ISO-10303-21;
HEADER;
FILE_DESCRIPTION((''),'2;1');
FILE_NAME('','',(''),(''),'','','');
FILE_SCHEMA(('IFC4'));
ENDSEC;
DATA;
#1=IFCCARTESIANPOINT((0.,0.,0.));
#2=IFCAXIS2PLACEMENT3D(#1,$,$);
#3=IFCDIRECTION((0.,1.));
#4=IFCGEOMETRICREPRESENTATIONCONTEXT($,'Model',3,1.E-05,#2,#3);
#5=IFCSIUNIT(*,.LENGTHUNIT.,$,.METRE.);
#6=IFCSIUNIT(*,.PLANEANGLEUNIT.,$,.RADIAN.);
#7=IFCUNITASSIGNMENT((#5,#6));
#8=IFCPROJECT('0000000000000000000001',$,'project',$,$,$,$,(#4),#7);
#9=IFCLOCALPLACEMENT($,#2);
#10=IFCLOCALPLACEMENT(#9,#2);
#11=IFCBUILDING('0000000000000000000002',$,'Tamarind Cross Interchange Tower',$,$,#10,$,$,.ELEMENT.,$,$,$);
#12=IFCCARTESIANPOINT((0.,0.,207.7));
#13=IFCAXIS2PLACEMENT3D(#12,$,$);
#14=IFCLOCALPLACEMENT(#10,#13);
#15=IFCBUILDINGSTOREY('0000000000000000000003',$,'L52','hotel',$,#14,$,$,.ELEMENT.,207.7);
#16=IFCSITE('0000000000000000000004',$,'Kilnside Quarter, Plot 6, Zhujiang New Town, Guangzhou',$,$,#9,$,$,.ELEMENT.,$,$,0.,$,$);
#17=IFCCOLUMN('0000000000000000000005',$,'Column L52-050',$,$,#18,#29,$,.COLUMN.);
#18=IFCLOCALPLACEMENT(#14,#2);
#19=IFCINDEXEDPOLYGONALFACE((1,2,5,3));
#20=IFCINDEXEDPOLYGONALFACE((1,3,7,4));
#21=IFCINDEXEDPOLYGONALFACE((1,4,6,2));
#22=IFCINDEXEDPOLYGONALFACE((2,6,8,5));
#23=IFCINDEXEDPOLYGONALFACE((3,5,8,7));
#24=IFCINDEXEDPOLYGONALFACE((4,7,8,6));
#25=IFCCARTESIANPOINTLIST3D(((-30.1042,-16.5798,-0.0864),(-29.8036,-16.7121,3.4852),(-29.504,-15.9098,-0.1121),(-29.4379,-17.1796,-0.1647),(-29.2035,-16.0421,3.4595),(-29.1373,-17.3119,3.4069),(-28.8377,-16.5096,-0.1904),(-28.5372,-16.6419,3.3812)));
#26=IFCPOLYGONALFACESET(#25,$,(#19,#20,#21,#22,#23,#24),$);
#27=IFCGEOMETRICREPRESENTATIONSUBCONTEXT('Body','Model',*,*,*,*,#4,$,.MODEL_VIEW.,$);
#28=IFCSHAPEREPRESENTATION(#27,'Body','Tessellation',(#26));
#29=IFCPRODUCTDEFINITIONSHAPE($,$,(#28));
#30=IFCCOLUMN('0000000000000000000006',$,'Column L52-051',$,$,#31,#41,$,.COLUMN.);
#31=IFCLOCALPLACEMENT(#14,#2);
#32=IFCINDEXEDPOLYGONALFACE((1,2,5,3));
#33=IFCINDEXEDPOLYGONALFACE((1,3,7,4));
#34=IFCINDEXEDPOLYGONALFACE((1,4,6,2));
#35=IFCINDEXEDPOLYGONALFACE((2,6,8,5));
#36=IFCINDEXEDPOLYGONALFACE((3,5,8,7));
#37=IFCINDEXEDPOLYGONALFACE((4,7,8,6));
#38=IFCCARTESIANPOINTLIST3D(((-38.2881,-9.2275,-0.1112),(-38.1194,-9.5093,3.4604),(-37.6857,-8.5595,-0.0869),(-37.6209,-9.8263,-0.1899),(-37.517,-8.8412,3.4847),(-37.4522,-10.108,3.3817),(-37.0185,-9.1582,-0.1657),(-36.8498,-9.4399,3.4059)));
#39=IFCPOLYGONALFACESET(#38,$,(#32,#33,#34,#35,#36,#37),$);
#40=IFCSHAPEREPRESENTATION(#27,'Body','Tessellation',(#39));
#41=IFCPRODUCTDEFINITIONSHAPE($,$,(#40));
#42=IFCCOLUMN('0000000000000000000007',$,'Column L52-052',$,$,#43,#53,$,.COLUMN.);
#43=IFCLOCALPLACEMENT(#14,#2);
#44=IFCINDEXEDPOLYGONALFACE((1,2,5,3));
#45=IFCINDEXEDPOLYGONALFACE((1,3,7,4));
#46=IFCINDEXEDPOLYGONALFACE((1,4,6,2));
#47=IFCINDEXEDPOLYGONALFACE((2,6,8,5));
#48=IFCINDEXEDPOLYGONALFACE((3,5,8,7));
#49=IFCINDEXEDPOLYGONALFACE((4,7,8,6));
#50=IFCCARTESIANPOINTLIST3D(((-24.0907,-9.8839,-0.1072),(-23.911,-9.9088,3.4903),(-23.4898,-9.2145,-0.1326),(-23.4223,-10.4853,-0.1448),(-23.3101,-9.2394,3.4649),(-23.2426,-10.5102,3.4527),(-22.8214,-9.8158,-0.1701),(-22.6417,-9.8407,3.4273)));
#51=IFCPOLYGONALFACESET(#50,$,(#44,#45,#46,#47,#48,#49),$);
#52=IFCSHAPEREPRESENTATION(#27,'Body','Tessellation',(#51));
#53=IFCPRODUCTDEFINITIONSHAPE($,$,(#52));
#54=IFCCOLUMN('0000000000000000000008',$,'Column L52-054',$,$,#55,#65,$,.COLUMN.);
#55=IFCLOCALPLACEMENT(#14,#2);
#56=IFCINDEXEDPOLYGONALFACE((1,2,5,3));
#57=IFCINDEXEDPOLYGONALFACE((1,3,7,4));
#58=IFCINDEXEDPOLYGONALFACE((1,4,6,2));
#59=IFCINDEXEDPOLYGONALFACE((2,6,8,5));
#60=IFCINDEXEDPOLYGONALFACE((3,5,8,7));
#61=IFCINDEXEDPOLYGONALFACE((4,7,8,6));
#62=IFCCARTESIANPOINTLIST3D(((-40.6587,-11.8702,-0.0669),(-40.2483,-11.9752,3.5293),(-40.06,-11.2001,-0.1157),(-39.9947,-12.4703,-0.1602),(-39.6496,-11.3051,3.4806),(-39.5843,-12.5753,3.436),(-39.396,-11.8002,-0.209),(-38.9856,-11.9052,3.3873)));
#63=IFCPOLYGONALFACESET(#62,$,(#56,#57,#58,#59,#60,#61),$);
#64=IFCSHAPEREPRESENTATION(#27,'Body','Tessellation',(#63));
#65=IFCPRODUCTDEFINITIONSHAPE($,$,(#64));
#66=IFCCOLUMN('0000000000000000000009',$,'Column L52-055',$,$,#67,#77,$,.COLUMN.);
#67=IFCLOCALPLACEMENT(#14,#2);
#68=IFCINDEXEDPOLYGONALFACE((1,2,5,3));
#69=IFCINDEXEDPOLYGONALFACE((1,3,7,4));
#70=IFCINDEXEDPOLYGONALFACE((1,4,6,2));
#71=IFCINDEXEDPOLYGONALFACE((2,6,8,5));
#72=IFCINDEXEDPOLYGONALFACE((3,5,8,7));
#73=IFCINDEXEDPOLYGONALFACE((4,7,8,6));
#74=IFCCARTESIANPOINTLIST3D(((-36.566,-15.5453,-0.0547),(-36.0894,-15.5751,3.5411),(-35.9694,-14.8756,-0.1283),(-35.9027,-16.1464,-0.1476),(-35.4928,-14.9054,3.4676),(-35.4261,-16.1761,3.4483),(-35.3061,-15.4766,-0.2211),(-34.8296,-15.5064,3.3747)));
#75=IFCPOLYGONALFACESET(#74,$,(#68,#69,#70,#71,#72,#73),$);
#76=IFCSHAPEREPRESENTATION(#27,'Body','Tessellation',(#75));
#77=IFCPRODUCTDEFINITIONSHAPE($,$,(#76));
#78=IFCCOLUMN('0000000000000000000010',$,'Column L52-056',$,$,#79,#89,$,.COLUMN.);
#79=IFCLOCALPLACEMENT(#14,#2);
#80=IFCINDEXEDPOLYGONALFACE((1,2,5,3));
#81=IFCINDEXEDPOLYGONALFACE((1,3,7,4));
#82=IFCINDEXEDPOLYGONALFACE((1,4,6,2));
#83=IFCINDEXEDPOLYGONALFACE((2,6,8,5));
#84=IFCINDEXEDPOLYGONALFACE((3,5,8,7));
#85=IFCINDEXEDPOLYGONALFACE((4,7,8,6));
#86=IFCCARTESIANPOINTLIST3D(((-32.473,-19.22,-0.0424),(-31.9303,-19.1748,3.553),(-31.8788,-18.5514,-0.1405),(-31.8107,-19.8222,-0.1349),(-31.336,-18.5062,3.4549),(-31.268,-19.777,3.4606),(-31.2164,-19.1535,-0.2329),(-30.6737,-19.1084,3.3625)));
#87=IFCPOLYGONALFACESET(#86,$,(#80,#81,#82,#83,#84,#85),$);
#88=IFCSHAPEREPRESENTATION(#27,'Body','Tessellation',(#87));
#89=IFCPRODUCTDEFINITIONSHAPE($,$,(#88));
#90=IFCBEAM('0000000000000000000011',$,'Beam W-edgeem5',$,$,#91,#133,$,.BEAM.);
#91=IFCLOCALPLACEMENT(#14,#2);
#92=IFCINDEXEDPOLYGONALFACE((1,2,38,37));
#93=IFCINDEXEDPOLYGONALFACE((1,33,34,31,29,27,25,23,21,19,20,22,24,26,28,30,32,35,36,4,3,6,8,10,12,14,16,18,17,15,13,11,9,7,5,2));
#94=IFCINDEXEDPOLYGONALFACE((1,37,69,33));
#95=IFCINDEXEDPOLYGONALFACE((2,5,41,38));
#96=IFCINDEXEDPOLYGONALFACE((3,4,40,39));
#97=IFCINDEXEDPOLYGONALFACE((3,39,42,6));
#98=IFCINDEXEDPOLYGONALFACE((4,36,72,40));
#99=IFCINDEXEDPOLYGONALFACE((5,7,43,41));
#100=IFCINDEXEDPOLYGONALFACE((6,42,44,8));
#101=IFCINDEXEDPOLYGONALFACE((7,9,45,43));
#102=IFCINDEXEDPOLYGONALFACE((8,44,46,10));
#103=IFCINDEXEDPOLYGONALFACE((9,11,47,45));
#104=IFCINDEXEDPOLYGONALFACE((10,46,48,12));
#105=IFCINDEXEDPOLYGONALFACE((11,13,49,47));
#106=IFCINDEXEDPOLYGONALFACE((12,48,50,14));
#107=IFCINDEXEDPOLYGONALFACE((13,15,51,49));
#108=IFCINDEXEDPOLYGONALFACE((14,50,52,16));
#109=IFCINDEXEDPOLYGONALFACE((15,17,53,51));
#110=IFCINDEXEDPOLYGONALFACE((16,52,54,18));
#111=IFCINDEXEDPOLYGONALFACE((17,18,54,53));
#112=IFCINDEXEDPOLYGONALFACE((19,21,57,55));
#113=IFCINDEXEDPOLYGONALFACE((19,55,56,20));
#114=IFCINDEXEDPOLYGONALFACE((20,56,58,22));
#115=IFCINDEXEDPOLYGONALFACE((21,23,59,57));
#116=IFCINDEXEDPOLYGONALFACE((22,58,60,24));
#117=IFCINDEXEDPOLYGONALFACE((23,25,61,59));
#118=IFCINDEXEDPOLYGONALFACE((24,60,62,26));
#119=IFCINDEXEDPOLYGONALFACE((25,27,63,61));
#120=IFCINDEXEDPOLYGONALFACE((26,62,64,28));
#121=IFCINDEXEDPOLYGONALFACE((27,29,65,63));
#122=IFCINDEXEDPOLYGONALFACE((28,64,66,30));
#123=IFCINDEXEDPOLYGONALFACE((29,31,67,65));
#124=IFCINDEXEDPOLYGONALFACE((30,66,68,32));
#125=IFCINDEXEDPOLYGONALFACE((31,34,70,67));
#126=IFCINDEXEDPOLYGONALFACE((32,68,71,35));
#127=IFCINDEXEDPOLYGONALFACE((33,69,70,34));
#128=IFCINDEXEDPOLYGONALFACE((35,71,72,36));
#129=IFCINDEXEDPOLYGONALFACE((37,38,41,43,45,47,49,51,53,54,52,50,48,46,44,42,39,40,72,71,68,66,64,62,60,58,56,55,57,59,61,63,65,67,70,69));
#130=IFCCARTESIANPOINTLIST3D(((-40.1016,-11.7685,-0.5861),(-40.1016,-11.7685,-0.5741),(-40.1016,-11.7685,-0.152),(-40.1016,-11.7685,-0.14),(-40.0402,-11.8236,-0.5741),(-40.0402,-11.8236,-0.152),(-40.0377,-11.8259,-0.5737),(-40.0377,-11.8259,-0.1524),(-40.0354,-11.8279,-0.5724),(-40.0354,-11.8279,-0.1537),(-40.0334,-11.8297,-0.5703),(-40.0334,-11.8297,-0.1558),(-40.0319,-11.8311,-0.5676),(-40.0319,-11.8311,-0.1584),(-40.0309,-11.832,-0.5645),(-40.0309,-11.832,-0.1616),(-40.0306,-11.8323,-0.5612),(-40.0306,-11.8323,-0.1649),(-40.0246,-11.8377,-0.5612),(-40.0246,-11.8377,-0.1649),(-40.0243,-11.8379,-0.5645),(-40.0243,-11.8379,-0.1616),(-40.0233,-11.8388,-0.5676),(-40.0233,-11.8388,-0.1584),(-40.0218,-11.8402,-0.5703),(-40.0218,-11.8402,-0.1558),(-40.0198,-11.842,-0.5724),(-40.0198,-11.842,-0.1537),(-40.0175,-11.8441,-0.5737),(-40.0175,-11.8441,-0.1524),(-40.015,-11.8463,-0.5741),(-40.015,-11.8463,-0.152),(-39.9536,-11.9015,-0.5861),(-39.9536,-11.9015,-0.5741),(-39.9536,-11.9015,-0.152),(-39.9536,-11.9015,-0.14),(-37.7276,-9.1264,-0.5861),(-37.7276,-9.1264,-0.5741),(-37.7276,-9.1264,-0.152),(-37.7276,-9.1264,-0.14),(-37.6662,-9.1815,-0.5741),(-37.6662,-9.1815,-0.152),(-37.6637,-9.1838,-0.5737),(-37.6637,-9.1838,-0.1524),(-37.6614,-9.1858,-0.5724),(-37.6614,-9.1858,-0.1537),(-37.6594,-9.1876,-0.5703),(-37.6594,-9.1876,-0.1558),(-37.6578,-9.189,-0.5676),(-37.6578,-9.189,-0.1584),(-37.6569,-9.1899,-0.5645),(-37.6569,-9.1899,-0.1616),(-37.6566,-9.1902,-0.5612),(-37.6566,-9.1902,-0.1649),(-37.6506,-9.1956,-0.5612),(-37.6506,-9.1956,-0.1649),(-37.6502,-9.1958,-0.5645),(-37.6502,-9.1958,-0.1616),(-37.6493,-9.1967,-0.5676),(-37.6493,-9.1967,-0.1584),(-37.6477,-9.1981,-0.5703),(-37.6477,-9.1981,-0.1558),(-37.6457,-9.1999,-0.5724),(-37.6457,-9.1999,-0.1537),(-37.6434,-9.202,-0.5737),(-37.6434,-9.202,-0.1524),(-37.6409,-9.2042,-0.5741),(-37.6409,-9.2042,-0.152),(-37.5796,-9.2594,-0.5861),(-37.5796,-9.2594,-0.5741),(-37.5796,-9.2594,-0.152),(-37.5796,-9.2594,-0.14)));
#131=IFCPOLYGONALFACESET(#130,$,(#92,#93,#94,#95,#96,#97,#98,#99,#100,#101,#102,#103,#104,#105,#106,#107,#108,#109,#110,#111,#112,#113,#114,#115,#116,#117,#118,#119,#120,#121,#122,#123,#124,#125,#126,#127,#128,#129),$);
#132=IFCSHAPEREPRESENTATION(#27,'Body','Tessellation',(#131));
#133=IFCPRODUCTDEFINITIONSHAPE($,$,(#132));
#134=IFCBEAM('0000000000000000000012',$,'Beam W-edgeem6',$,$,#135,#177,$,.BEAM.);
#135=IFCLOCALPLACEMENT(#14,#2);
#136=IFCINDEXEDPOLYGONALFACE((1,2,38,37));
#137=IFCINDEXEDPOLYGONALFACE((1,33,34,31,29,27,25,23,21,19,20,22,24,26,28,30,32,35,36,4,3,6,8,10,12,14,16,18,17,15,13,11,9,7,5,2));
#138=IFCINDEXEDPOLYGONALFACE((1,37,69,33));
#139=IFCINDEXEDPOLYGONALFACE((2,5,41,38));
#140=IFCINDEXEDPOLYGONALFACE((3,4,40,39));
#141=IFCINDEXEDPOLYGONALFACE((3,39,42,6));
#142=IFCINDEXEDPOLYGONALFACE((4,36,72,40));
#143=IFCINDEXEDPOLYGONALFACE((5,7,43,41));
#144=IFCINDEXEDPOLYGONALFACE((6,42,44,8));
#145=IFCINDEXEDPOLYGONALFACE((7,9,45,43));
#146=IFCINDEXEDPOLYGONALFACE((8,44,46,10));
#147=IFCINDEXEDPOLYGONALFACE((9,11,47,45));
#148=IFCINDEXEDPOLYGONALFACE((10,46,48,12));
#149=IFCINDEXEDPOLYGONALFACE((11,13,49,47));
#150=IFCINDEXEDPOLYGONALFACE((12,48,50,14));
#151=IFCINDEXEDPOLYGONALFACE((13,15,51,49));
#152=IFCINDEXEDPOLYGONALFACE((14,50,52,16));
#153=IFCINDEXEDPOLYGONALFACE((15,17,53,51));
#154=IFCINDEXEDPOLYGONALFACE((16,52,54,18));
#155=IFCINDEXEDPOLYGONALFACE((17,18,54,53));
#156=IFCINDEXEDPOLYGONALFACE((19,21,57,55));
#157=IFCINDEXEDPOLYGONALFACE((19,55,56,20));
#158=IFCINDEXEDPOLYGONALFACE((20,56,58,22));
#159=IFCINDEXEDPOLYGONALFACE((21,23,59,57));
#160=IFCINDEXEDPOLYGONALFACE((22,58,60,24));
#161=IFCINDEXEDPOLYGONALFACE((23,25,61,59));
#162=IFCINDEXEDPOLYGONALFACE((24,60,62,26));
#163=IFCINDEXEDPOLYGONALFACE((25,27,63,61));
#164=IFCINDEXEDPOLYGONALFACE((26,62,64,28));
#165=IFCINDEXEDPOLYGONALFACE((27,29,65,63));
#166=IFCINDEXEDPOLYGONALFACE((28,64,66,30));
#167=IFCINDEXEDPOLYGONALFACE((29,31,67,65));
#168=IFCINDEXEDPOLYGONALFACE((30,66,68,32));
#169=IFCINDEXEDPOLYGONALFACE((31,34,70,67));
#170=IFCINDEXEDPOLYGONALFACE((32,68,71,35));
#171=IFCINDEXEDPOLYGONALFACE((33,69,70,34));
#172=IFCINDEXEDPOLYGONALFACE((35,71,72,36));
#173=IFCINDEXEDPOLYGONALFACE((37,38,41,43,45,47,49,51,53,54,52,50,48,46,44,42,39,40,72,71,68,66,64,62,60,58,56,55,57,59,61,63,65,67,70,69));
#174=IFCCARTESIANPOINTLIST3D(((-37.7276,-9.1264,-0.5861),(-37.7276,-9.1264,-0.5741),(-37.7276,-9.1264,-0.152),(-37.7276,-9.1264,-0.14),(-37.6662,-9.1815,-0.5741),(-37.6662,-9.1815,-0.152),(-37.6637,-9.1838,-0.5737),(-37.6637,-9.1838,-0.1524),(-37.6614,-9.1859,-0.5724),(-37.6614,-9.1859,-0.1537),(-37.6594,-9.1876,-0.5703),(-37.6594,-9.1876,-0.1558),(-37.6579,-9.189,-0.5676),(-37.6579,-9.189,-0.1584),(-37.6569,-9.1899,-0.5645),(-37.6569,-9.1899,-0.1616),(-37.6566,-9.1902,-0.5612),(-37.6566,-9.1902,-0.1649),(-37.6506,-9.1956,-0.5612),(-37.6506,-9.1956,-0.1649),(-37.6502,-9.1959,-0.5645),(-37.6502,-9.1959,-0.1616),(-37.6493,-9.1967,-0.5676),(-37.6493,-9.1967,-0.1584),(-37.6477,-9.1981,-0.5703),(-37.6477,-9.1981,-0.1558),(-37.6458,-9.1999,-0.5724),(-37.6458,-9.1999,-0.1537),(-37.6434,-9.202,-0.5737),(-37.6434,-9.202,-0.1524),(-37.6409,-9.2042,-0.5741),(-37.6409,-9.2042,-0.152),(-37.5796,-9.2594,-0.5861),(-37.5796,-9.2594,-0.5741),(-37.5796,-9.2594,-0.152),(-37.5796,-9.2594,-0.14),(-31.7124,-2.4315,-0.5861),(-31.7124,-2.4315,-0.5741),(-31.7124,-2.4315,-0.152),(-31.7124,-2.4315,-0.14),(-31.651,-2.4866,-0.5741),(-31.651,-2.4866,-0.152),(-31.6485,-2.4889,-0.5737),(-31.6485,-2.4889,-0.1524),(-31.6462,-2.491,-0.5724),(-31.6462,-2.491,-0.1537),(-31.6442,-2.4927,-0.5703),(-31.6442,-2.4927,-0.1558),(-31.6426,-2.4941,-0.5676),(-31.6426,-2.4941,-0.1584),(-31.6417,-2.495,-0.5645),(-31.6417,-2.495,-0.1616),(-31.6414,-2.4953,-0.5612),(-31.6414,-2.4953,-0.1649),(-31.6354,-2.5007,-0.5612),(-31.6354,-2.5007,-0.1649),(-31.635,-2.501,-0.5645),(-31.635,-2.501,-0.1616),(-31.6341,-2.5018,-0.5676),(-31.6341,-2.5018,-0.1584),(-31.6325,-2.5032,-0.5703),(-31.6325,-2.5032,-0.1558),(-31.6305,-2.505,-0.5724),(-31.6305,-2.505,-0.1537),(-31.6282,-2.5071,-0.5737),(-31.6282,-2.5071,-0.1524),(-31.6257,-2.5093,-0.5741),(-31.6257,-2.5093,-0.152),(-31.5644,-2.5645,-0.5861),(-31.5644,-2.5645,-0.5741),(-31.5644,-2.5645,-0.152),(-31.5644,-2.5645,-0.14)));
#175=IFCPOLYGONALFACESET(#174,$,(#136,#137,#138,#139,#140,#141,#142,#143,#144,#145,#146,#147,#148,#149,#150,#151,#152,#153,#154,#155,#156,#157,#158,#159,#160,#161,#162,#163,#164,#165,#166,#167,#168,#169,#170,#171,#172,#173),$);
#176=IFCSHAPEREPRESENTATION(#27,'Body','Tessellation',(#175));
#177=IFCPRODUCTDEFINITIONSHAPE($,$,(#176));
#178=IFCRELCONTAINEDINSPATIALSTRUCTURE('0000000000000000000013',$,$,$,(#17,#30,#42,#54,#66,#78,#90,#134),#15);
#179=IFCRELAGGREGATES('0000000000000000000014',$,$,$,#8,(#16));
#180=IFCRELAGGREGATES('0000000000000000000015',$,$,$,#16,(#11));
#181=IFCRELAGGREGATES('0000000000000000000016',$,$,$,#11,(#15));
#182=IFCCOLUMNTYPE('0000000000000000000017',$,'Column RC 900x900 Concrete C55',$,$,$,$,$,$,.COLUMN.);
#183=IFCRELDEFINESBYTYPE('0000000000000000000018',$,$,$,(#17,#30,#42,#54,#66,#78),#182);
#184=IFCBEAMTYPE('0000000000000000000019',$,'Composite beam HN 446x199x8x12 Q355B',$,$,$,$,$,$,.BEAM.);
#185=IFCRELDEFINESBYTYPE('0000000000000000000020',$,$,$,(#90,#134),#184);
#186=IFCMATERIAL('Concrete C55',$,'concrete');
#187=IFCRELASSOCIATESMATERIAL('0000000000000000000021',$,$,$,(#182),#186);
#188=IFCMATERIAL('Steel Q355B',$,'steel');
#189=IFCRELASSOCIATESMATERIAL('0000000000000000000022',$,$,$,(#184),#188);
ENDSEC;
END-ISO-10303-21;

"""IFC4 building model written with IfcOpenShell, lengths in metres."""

from ifc_helpers import new_model, si_unit, direction, frame, origin, origin_2d, place, context, subcontext, project, spatial, rectangle, i_section, extrude, material, material_profile, profile_set, type_object, element, save


model = new_model("IFC4")

# Units and contexts
model_context = context("Model", 3, precision=1e-05, world=origin(), true_north=direction((0.0, 1.0)))
body_context = subcontext(model_context, "Body", "Model", "MODEL_VIEW")
ifc_project = project(units=[si_unit("LENGTHUNIT", "METRE"), si_unit("PLANEANGLEUNIT", "RADIAN")], contexts=[model_context])

# Site, building, storey
site_placement = place(None, origin())
site = spatial("IfcSite", under=ifc_project, at=site_placement, Name="Kilnside Quarter, Plot 6, Zhujiang New Town, Guangzhou", CompositionType="ELEMENT", RefElevation=0.0)
building_placement = place(site_placement, origin())
building = spatial("IfcBuilding", under=site, at=building_placement, Name="Tamarind Cross Interchange Tower", CompositionType="ELEMENT")
storey_placement = place(building_placement, frame((0.0, 0.0, 207.7)))
storey = spatial("IfcBuildingStorey", under=building, at=storey_placement, Name="L52", Description="hotel", CompositionType="ELEMENT", Elevation=207.7)

# Columns
ifc_material_1 = material(Name="Concrete C55", Category="concrete")
ifc_material_profile_1 = material_profile(ifc_material_1, rectangle(XDim=0.8999, YDim=0.8999, at=origin_2d()), Name="RC 900x900")
ifc_profile_set_1 = profile_set([ifc_material_profile_1], Name="Concrete C55")
column_type = type_object("IfcColumnType", Name="Column RC 900x900 Concrete C55", PredefinedType="COLUMN", material=ifc_profile_set_1)
for number, where, z_axis, x_axis, name in (
    (1, (-29.4709, -16.5447, -0.1384), (0.083794, -0.036894, 0.9958), (-0.740398, 0.666515, 0.086997), "Column L52-050"),
    (2, (-37.6533, -9.1929, -0.1384), (0.047037, -0.078553, 0.9958), (0.66942, 0.742396, 0.026943), "Column L52-051"),
):
    element("IfcColumn", number, at=place(storey_placement, frame(where, z_axis=z_axis, x_axis=x_axis)), inside=storey, type_object=column_type, Name=name, PredefinedType="COLUMN", context=body_context, shape_type="SweptSolid", body=[
        extrude(rectangle(XDim=0.8999, YDim=0.8999, at=origin_2d()), origin(), (0.0, 0.0, 1.0), 3.5867),
    ])
column_1_placement = place(storey_placement, frame((-23.4561, -9.8499, -0.1387), z_axis=(0.049886, -0.006914, 0.998731), x_axis=(-0.742768, 0.668247, 0.041726)))
element("IfcColumn", 3, at=column_1_placement, inside=storey, type_object=column_type, Name="Column L52-052", PredefinedType="COLUMN", context=body_context, shape_type="SweptSolid", body=[
    extrude(rectangle(XDim=0.8999, YDim=0.8999, at=origin_2d()), origin(), (0.0, 0.0, 1.0), 3.6021),
])
column_2_placement = place(storey_placement, frame((-40.0273, -11.8352, -0.1379), z_axis=(0.113337, -0.028992, 0.993134), x_axis=(-0.737914, 0.666884, 0.103679)))
element("IfcColumn", 4, at=column_2_placement, inside=storey, type_object=column_type, Name="Column L52-054", PredefinedType="COLUMN", context=body_context, shape_type="SweptSolid", body=[
    extrude(rectangle(XDim=0.8999, YDim=0.8999, at=origin_2d()), origin(), (0.0, 0.0, 1.0), 3.6211),
])
column_3_placement = place(storey_placement, frame((-35.936, -15.511, -0.1379), z_axis=(0.131375, -0.008211, 0.991299), x_axis=(-0.737074, 0.667884, 0.103215)))
element("IfcColumn", 5, at=column_3_placement, inside=storey, type_object=column_type, Name="Column L52-055", PredefinedType="COLUMN", context=body_context, shape_type="SweptSolid", body=[
    extrude(rectangle(XDim=0.8999, YDim=0.8999, at=origin_2d()), origin(), (0.0, 0.0, 1.0), 3.6274),
])
column_4_placement = place(storey_placement, frame((-31.8447, -19.1868, -0.1377), z_axis=(0.149245, 0.01242, 0.988722), x_axis=(-0.73598, 0.669171, 0.102688)))
element("IfcColumn", 6, at=column_4_placement, inside=storey, type_object=column_type, Name="Column L52-056", PredefinedType="COLUMN", context=body_context, shape_type="SweptSolid", body=[
    extrude(rectangle(XDim=0.8999, YDim=0.8999, at=origin_2d()), origin(), (0.0, 0.0, 1.0), 3.6365),
])

# Beams
ifc_material_2 = material(Name="Steel Q355B", Category="steel")
ifc_material_profile_2 = material_profile(ifc_material_2, i_section(OverallWidth=0.199, OverallDepth=0.446, WebThickness=0.0081, FlangeThickness=0.012, FilletRadius=0.0129, at=origin_2d()), Name="HN 446x199x8x12")
ifc_profile_set_2 = profile_set([ifc_material_profile_2], Name="Steel Q355B")
beam_type_1 = type_object("IfcBeamType", Name="Composite beam HN 446x199x8x12 Q355B", PredefinedType="BEAM", material=ifc_profile_set_2)
beam_1_placement = place(storey_placement, frame((-40.0276, -11.835, -0.363), z_axis=(0.668365, 0.743834, 0.0), x_axis=(-0.743834, 0.668365, 0.0)))
element("IfcBeam", 7, at=beam_1_placement, inside=storey, type_object=beam_type_1, Name="Beam W-edgeem5", PredefinedType="BEAM", context=body_context, shape_type="SweptSolid", body=[
    extrude(i_section(OverallWidth=0.199, OverallDepth=0.446, WebThickness=0.0081, FlangeThickness=0.012, FilletRadius=0.0129, at=origin_2d()), origin(), (0.0, 0.0, 1.0), 3.552),
])
beam_2_placement = place(storey_placement, frame((-37.6536, -9.1929, -0.363), z_axis=(0.668338, 0.743858, 0.0), x_axis=(-0.743858, 0.668338, 0.0)))
element("IfcBeam", 8, at=beam_2_placement, inside=storey, type_object=beam_type_1, Name="Beam W-edgeem6", PredefinedType="BEAM", context=body_context, shape_type="SweptSolid", body=[
    extrude(i_section(OverallWidth=0.199, OverallDepth=0.446, WebThickness=0.0081, FlangeThickness=0.012, FilletRadius=0.0129, at=origin_2d()), origin(), (0.0, 0.0, 1.0), 9.0002),
])

save(model, "model.ifc")
